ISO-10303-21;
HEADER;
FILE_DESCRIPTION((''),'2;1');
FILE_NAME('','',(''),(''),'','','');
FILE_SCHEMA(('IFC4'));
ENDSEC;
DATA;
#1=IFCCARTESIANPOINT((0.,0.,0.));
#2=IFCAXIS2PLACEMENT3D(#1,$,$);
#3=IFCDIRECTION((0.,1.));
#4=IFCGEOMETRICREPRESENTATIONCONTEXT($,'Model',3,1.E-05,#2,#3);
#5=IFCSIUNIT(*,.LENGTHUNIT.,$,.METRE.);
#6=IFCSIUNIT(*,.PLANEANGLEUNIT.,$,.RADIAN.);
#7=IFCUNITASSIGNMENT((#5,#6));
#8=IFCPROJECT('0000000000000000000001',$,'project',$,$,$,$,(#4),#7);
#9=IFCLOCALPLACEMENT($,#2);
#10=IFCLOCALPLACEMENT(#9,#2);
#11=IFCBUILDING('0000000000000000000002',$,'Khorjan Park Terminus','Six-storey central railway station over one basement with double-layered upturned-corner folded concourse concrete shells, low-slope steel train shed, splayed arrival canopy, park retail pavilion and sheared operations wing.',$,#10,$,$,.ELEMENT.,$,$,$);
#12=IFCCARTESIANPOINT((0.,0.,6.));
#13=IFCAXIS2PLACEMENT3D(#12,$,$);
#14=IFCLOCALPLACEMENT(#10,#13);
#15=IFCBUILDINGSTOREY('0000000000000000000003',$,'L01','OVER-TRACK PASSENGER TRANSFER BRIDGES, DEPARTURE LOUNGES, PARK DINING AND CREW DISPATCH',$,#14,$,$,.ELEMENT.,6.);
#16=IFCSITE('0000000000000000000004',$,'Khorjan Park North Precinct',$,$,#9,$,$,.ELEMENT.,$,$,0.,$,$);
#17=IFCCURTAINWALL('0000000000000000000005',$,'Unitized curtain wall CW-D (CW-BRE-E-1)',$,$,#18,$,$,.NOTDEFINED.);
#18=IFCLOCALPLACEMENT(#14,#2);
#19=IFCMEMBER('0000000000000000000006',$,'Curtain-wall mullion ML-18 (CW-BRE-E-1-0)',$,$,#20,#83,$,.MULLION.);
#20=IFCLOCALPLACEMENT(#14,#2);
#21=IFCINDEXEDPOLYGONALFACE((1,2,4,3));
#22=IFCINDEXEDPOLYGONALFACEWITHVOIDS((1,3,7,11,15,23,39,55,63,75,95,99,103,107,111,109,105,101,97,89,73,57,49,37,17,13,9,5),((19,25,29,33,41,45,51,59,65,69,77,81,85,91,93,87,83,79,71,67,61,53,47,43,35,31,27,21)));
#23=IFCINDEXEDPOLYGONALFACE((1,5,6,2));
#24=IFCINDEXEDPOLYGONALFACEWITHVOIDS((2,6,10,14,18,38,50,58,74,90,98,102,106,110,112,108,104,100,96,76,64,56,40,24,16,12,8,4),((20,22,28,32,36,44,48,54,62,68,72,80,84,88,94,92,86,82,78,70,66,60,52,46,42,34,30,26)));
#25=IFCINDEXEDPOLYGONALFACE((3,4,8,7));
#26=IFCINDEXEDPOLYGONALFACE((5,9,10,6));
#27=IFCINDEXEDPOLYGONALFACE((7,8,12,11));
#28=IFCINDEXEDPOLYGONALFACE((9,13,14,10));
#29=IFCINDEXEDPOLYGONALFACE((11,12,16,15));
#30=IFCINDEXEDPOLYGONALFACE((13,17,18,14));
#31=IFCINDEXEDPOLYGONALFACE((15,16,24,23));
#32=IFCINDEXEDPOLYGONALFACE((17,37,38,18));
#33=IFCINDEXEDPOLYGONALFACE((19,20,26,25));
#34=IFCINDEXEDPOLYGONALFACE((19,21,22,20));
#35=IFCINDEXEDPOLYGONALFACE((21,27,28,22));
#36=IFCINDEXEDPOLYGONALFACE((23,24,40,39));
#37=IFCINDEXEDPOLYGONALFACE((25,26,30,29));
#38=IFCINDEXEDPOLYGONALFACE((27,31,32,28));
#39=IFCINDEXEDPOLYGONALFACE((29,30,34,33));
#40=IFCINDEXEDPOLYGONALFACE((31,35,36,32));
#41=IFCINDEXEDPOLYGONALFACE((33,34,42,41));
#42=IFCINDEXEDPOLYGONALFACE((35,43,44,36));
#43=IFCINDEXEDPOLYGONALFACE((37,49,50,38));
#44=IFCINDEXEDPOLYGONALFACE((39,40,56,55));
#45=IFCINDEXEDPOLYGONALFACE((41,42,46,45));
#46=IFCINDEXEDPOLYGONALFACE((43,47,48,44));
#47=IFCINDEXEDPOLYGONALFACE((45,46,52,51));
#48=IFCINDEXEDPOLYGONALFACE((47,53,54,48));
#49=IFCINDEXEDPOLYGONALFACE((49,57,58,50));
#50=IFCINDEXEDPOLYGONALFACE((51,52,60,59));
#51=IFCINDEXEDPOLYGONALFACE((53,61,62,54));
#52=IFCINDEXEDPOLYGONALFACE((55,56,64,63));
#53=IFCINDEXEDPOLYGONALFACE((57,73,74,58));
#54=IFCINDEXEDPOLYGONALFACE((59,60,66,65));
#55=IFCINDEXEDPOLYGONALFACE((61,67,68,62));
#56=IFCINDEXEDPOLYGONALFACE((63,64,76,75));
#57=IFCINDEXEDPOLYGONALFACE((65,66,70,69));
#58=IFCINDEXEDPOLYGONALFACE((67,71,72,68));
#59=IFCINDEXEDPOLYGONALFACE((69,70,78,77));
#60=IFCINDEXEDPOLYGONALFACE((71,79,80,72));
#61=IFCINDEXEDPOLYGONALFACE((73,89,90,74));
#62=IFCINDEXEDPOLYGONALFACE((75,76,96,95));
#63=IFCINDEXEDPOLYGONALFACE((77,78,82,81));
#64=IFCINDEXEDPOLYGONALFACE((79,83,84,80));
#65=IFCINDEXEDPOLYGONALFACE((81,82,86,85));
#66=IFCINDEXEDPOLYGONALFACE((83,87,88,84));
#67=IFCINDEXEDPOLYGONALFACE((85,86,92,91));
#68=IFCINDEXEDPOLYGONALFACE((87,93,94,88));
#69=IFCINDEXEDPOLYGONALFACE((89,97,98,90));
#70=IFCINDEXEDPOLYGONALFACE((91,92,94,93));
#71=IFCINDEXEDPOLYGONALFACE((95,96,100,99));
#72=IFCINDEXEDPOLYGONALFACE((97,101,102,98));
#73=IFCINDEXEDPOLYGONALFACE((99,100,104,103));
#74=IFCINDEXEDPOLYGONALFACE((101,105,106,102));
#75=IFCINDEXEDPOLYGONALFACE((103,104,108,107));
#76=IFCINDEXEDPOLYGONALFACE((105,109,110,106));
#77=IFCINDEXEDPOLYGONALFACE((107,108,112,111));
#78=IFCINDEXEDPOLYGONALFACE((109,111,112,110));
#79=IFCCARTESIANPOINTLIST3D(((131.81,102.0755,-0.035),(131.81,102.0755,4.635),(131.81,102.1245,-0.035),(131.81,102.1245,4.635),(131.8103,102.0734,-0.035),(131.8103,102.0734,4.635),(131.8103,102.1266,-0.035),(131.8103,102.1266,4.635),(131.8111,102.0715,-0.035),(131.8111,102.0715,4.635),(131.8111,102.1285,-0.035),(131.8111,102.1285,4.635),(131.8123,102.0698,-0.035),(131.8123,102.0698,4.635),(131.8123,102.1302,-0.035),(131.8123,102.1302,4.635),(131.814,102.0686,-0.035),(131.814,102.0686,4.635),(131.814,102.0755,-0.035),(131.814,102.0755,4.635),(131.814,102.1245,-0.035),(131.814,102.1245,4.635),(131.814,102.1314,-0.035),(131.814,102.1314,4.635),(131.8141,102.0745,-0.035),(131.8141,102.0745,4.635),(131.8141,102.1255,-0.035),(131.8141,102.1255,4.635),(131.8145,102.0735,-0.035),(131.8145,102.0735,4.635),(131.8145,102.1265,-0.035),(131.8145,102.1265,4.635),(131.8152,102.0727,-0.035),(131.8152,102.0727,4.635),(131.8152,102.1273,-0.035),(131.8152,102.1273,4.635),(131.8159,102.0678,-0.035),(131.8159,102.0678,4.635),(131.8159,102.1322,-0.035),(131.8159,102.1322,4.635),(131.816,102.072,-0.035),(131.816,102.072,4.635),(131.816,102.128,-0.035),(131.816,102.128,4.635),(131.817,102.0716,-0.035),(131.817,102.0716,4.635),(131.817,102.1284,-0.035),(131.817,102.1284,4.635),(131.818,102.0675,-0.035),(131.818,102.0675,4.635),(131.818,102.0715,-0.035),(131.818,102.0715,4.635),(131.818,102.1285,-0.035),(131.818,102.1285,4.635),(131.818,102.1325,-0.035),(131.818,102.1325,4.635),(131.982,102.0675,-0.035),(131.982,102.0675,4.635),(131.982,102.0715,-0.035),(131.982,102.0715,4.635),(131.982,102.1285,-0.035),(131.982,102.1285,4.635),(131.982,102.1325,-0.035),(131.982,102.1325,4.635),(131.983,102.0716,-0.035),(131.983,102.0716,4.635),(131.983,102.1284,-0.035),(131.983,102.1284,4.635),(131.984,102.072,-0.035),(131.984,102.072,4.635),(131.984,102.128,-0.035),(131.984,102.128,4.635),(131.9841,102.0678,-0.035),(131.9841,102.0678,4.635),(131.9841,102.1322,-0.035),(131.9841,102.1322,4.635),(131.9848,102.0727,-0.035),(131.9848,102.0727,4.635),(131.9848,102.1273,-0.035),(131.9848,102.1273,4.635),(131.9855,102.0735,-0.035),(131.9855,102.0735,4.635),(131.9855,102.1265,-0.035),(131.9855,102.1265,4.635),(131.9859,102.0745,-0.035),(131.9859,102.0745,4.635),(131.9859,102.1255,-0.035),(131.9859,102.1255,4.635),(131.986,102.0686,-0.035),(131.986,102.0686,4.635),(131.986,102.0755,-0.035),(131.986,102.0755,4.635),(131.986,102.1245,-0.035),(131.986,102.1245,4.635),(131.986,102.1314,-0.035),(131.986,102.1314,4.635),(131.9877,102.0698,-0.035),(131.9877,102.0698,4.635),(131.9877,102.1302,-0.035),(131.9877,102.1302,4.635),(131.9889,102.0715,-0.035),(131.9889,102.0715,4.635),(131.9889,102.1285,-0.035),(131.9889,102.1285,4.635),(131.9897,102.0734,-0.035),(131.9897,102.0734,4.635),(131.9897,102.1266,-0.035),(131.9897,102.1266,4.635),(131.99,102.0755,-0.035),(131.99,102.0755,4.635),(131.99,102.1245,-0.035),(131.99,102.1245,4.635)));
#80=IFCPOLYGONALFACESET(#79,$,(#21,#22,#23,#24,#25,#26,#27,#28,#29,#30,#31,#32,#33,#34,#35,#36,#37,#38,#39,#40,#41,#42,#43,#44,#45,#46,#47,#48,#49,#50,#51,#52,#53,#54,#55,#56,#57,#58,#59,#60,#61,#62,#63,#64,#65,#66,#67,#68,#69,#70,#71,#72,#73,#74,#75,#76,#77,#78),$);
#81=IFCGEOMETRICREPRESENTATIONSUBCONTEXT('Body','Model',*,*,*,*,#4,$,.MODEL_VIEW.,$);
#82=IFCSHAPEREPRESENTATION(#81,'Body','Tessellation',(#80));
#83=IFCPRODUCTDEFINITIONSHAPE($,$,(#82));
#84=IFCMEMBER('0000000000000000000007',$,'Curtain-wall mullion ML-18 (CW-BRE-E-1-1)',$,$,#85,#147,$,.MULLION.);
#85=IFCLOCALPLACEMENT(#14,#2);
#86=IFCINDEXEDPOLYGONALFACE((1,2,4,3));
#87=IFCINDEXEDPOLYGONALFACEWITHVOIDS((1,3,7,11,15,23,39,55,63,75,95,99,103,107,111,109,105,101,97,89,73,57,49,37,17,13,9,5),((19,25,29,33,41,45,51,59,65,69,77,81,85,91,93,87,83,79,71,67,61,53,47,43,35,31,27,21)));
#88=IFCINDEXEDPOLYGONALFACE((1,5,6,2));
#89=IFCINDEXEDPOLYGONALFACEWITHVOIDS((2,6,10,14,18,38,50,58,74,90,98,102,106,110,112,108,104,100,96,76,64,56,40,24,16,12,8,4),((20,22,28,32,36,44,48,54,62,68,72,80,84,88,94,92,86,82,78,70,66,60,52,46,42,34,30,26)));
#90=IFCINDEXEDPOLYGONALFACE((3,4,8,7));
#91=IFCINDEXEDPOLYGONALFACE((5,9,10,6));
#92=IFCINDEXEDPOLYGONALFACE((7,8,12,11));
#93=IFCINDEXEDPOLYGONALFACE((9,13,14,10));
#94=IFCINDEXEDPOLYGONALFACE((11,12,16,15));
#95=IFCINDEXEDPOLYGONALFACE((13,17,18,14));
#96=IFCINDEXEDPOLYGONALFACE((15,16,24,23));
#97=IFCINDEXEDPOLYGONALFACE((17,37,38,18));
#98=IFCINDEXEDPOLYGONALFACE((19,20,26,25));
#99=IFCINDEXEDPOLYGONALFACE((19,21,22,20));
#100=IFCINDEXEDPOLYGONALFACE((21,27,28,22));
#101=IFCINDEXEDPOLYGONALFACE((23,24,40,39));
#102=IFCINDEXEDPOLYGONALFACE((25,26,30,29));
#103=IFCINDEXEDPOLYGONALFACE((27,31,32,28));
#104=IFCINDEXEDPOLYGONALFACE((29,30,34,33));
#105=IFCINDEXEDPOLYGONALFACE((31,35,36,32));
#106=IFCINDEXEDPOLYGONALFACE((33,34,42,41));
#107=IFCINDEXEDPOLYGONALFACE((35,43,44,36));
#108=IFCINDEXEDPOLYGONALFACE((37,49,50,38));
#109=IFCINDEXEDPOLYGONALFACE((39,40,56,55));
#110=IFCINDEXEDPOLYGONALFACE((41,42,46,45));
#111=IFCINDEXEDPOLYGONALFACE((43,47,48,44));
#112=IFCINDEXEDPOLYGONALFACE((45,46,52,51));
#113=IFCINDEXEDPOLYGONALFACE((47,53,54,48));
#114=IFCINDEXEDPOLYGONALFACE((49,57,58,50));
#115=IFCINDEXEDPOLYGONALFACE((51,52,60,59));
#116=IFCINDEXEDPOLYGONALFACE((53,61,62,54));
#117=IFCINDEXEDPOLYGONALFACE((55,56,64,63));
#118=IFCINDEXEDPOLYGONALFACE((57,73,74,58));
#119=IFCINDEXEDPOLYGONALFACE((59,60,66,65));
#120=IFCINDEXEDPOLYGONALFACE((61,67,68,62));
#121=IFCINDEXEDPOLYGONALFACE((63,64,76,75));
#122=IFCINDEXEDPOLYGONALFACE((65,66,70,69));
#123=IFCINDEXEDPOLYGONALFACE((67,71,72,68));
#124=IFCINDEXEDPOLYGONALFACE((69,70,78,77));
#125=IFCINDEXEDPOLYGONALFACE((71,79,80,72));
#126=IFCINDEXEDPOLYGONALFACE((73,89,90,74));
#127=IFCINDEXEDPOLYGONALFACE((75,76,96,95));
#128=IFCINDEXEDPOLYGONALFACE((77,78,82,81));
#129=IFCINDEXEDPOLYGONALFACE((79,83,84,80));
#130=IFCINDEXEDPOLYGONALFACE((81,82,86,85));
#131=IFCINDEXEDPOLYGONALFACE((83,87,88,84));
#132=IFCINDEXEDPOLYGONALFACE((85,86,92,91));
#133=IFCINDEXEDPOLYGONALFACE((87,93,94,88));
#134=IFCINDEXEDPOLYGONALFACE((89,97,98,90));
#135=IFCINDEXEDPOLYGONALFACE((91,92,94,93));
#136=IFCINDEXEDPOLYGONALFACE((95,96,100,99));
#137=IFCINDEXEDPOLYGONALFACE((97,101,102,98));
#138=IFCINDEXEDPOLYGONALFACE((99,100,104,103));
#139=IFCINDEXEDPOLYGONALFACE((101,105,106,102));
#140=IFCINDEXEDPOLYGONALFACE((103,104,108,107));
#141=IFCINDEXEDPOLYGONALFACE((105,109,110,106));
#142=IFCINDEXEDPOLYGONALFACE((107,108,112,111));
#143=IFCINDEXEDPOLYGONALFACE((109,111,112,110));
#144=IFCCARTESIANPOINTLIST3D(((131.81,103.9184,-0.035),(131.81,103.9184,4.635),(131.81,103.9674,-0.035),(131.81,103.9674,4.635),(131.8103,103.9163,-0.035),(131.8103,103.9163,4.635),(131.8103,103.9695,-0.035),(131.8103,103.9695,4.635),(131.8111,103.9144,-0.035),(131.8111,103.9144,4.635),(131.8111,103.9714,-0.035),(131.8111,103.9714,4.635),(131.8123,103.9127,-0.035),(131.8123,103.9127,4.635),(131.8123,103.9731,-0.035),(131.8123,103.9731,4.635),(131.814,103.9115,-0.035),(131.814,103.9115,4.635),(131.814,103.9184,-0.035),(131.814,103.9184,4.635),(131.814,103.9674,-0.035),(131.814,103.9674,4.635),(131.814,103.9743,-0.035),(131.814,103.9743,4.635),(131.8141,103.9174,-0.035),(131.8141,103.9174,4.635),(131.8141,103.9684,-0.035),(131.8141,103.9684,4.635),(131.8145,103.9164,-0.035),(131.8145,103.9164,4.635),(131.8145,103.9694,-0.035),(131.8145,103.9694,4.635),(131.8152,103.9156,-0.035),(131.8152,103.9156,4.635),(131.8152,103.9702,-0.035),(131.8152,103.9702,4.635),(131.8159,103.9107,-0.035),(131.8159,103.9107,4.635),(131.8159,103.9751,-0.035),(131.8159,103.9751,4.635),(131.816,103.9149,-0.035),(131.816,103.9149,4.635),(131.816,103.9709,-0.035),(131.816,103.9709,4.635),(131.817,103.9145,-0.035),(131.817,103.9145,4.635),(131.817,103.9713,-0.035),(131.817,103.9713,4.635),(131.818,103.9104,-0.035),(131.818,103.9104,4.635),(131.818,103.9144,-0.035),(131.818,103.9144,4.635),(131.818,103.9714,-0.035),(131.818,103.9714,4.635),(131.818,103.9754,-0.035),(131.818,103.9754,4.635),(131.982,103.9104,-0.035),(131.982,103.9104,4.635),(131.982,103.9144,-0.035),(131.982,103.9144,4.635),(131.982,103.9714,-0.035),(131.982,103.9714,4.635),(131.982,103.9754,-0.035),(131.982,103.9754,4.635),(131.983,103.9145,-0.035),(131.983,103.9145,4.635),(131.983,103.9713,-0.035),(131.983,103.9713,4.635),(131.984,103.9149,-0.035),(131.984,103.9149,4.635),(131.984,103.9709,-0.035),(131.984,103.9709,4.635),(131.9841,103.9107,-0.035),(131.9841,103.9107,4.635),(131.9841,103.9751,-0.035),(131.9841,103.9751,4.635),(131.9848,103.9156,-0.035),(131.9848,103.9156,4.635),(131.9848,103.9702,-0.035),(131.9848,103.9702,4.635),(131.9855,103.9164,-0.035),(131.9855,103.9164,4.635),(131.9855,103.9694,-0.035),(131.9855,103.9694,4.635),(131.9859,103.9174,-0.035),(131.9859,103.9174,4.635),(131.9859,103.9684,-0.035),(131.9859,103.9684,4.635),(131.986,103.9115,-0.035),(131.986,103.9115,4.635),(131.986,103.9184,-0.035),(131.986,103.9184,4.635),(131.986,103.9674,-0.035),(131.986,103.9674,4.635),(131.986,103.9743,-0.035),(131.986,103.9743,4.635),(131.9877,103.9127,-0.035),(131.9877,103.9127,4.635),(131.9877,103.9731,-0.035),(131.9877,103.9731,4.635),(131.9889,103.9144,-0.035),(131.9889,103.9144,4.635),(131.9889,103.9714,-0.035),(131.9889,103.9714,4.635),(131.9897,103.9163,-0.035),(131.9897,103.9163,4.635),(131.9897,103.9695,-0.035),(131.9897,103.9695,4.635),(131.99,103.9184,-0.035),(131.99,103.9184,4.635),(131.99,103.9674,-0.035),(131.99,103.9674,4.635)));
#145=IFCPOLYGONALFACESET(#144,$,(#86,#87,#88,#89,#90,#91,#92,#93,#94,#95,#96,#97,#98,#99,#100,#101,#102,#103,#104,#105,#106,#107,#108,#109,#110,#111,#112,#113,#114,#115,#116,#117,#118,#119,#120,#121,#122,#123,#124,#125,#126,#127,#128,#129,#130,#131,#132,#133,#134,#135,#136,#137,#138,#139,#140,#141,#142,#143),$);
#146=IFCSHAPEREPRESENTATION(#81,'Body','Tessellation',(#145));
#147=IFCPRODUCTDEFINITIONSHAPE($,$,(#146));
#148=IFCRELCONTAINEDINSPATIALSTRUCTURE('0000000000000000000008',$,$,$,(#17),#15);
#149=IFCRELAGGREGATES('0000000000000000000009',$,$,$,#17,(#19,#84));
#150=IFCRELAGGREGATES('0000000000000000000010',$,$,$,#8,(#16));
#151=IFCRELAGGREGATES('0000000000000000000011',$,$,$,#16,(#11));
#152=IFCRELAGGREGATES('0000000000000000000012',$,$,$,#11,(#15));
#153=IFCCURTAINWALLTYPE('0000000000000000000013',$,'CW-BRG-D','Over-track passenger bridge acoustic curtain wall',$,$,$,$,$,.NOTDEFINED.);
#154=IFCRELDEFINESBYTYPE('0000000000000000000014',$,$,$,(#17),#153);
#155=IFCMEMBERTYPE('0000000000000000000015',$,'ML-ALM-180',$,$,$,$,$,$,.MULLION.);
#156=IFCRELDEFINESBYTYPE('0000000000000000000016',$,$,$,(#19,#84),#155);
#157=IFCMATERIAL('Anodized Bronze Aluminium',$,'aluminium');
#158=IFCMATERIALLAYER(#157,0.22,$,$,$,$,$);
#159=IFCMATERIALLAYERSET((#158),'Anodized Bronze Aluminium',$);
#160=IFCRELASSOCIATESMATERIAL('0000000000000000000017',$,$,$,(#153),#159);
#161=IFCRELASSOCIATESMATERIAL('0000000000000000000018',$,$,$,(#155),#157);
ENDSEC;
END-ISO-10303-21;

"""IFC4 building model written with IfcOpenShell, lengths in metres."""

from ifc_helpers import new_model, si_unit, direction, frame, origin, origin_2d, place, context, subcontext, project, spatial, hollow_rectangle, extrude, material, layer, layer_set, material_profile, profile_set, type_object, element, aggregate, save


model = new_model("IFC4")

# Units and contexts
model_context = context("Model", 3, precision=1e-05, world=origin(), true_north=direction((0.0, 1.0)))
body_context = subcontext(model_context, "Body", "Model", "MODEL_VIEW")
ifc_project = project(units=[si_unit("LENGTHUNIT", "METRE"), si_unit("PLANEANGLEUNIT", "RADIAN")], contexts=[model_context])

# Site, building, storey
site_placement = place(None, origin())
site = spatial("IfcSite", under=ifc_project, at=site_placement, Name="Khorjan Park North Precinct", CompositionType="ELEMENT", RefElevation=0.0)
building_placement = place(site_placement, origin())
building = spatial("IfcBuilding", under=site, at=building_placement, Name="Khorjan Park Terminus", Description="Six-storey central railway station over one basement with double-layered upturned-corner folded concourse concrete shells, low-slope steel train shed, splayed arrival canopy, park retail pavilion and sheared operations wing.", CompositionType="ELEMENT")
storey_placement = place(building_placement, frame((0.0, 0.0, 6.0)))
storey = spatial("IfcBuildingStorey", under=building, at=storey_placement, Name="L01", Description="OVER-TRACK PASSENGER TRANSFER BRIDGES, DEPARTURE LOUNGES, PARK DINING AND CREW DISPATCH", CompositionType="ELEMENT", Elevation=6.0)

# Curtain wall, members
ifc_material_1 = material(Name="Anodized Bronze Aluminium", Category="aluminium")
ifc_layer_1 = layer(ifc_material_1, 0.22)
ifc_layer_set_1 = layer_set([ifc_layer_1], Name="Anodized Bronze Aluminium")
curtain_wall_type = type_object("IfcCurtainWallType", Name="CW-BRG-D", Description="Over-track passenger bridge acoustic curtain wall", PredefinedType="NOTDEFINED", material=ifc_layer_set_1)
curtain_wall_1_placement = place(storey_placement, origin())
curtain_wall_1 = element("IfcCurtainWall", 1, at=curtain_wall_1_placement, inside=storey, type_object=curtain_wall_type, Name="Unitized curtain wall CW-D (CW-BRE-E-1)", PredefinedType="NOTDEFINED")
ifc_material_profile_1 = material_profile(ifc_material_1, hollow_rectangle(XDim=0.065, YDim=0.18, WallThickness=0.004, InnerFilletRadius=0.004, OuterFilletRadius=0.008, at=origin_2d()), Name="ALM 65x180x4")
ifc_profile_set_1 = profile_set([ifc_material_profile_1], Name="Anodized Bronze Aluminium")
member_type_1 = type_object("IfcMemberType", Name="ML-ALM-180", PredefinedType="MULLION", material=ifc_profile_set_1)
member_1_placement = place(storey_placement, frame((131.9, 102.1, -0.035), z_axis=(0.0, 0.0, 1.0), x_axis=(0.0, 1.0, 0.0)))
member_1 = element("IfcMember", 2, at=member_1_placement, type_object=member_type_1, Name="Curtain-wall mullion ML-18 (CW-BRE-E-1-0)", PredefinedType="MULLION", context=body_context, shape_type="SweptSolid", body=[
    extrude(hollow_rectangle(XDim=0.065, YDim=0.18, WallThickness=0.004, InnerFilletRadius=0.004, OuterFilletRadius=0.008, at=origin_2d()), origin(), (0.0, 0.0, 1.0), 4.67),
])
member_2_placement = place(storey_placement, frame((131.9, 103.9429, -0.035), z_axis=(0.0, 0.0, 1.0), x_axis=(0.0, 1.0, 0.0)))
member_2 = element("IfcMember", 3, at=member_2_placement, type_object=member_type_1, Name="Curtain-wall mullion ML-18 (CW-BRE-E-1-1)", PredefinedType="MULLION", context=body_context, shape_type="SweptSolid", body=[
    extrude(hollow_rectangle(XDim=0.065, YDim=0.18, WallThickness=0.004, InnerFilletRadius=0.004, OuterFilletRadius=0.008, at=origin_2d()), origin(), (0.0, 0.0, 1.0), 4.67),
])

aggregate(curtain_wall_1, [member_1, member_2])

save(model, "model.ifc")
